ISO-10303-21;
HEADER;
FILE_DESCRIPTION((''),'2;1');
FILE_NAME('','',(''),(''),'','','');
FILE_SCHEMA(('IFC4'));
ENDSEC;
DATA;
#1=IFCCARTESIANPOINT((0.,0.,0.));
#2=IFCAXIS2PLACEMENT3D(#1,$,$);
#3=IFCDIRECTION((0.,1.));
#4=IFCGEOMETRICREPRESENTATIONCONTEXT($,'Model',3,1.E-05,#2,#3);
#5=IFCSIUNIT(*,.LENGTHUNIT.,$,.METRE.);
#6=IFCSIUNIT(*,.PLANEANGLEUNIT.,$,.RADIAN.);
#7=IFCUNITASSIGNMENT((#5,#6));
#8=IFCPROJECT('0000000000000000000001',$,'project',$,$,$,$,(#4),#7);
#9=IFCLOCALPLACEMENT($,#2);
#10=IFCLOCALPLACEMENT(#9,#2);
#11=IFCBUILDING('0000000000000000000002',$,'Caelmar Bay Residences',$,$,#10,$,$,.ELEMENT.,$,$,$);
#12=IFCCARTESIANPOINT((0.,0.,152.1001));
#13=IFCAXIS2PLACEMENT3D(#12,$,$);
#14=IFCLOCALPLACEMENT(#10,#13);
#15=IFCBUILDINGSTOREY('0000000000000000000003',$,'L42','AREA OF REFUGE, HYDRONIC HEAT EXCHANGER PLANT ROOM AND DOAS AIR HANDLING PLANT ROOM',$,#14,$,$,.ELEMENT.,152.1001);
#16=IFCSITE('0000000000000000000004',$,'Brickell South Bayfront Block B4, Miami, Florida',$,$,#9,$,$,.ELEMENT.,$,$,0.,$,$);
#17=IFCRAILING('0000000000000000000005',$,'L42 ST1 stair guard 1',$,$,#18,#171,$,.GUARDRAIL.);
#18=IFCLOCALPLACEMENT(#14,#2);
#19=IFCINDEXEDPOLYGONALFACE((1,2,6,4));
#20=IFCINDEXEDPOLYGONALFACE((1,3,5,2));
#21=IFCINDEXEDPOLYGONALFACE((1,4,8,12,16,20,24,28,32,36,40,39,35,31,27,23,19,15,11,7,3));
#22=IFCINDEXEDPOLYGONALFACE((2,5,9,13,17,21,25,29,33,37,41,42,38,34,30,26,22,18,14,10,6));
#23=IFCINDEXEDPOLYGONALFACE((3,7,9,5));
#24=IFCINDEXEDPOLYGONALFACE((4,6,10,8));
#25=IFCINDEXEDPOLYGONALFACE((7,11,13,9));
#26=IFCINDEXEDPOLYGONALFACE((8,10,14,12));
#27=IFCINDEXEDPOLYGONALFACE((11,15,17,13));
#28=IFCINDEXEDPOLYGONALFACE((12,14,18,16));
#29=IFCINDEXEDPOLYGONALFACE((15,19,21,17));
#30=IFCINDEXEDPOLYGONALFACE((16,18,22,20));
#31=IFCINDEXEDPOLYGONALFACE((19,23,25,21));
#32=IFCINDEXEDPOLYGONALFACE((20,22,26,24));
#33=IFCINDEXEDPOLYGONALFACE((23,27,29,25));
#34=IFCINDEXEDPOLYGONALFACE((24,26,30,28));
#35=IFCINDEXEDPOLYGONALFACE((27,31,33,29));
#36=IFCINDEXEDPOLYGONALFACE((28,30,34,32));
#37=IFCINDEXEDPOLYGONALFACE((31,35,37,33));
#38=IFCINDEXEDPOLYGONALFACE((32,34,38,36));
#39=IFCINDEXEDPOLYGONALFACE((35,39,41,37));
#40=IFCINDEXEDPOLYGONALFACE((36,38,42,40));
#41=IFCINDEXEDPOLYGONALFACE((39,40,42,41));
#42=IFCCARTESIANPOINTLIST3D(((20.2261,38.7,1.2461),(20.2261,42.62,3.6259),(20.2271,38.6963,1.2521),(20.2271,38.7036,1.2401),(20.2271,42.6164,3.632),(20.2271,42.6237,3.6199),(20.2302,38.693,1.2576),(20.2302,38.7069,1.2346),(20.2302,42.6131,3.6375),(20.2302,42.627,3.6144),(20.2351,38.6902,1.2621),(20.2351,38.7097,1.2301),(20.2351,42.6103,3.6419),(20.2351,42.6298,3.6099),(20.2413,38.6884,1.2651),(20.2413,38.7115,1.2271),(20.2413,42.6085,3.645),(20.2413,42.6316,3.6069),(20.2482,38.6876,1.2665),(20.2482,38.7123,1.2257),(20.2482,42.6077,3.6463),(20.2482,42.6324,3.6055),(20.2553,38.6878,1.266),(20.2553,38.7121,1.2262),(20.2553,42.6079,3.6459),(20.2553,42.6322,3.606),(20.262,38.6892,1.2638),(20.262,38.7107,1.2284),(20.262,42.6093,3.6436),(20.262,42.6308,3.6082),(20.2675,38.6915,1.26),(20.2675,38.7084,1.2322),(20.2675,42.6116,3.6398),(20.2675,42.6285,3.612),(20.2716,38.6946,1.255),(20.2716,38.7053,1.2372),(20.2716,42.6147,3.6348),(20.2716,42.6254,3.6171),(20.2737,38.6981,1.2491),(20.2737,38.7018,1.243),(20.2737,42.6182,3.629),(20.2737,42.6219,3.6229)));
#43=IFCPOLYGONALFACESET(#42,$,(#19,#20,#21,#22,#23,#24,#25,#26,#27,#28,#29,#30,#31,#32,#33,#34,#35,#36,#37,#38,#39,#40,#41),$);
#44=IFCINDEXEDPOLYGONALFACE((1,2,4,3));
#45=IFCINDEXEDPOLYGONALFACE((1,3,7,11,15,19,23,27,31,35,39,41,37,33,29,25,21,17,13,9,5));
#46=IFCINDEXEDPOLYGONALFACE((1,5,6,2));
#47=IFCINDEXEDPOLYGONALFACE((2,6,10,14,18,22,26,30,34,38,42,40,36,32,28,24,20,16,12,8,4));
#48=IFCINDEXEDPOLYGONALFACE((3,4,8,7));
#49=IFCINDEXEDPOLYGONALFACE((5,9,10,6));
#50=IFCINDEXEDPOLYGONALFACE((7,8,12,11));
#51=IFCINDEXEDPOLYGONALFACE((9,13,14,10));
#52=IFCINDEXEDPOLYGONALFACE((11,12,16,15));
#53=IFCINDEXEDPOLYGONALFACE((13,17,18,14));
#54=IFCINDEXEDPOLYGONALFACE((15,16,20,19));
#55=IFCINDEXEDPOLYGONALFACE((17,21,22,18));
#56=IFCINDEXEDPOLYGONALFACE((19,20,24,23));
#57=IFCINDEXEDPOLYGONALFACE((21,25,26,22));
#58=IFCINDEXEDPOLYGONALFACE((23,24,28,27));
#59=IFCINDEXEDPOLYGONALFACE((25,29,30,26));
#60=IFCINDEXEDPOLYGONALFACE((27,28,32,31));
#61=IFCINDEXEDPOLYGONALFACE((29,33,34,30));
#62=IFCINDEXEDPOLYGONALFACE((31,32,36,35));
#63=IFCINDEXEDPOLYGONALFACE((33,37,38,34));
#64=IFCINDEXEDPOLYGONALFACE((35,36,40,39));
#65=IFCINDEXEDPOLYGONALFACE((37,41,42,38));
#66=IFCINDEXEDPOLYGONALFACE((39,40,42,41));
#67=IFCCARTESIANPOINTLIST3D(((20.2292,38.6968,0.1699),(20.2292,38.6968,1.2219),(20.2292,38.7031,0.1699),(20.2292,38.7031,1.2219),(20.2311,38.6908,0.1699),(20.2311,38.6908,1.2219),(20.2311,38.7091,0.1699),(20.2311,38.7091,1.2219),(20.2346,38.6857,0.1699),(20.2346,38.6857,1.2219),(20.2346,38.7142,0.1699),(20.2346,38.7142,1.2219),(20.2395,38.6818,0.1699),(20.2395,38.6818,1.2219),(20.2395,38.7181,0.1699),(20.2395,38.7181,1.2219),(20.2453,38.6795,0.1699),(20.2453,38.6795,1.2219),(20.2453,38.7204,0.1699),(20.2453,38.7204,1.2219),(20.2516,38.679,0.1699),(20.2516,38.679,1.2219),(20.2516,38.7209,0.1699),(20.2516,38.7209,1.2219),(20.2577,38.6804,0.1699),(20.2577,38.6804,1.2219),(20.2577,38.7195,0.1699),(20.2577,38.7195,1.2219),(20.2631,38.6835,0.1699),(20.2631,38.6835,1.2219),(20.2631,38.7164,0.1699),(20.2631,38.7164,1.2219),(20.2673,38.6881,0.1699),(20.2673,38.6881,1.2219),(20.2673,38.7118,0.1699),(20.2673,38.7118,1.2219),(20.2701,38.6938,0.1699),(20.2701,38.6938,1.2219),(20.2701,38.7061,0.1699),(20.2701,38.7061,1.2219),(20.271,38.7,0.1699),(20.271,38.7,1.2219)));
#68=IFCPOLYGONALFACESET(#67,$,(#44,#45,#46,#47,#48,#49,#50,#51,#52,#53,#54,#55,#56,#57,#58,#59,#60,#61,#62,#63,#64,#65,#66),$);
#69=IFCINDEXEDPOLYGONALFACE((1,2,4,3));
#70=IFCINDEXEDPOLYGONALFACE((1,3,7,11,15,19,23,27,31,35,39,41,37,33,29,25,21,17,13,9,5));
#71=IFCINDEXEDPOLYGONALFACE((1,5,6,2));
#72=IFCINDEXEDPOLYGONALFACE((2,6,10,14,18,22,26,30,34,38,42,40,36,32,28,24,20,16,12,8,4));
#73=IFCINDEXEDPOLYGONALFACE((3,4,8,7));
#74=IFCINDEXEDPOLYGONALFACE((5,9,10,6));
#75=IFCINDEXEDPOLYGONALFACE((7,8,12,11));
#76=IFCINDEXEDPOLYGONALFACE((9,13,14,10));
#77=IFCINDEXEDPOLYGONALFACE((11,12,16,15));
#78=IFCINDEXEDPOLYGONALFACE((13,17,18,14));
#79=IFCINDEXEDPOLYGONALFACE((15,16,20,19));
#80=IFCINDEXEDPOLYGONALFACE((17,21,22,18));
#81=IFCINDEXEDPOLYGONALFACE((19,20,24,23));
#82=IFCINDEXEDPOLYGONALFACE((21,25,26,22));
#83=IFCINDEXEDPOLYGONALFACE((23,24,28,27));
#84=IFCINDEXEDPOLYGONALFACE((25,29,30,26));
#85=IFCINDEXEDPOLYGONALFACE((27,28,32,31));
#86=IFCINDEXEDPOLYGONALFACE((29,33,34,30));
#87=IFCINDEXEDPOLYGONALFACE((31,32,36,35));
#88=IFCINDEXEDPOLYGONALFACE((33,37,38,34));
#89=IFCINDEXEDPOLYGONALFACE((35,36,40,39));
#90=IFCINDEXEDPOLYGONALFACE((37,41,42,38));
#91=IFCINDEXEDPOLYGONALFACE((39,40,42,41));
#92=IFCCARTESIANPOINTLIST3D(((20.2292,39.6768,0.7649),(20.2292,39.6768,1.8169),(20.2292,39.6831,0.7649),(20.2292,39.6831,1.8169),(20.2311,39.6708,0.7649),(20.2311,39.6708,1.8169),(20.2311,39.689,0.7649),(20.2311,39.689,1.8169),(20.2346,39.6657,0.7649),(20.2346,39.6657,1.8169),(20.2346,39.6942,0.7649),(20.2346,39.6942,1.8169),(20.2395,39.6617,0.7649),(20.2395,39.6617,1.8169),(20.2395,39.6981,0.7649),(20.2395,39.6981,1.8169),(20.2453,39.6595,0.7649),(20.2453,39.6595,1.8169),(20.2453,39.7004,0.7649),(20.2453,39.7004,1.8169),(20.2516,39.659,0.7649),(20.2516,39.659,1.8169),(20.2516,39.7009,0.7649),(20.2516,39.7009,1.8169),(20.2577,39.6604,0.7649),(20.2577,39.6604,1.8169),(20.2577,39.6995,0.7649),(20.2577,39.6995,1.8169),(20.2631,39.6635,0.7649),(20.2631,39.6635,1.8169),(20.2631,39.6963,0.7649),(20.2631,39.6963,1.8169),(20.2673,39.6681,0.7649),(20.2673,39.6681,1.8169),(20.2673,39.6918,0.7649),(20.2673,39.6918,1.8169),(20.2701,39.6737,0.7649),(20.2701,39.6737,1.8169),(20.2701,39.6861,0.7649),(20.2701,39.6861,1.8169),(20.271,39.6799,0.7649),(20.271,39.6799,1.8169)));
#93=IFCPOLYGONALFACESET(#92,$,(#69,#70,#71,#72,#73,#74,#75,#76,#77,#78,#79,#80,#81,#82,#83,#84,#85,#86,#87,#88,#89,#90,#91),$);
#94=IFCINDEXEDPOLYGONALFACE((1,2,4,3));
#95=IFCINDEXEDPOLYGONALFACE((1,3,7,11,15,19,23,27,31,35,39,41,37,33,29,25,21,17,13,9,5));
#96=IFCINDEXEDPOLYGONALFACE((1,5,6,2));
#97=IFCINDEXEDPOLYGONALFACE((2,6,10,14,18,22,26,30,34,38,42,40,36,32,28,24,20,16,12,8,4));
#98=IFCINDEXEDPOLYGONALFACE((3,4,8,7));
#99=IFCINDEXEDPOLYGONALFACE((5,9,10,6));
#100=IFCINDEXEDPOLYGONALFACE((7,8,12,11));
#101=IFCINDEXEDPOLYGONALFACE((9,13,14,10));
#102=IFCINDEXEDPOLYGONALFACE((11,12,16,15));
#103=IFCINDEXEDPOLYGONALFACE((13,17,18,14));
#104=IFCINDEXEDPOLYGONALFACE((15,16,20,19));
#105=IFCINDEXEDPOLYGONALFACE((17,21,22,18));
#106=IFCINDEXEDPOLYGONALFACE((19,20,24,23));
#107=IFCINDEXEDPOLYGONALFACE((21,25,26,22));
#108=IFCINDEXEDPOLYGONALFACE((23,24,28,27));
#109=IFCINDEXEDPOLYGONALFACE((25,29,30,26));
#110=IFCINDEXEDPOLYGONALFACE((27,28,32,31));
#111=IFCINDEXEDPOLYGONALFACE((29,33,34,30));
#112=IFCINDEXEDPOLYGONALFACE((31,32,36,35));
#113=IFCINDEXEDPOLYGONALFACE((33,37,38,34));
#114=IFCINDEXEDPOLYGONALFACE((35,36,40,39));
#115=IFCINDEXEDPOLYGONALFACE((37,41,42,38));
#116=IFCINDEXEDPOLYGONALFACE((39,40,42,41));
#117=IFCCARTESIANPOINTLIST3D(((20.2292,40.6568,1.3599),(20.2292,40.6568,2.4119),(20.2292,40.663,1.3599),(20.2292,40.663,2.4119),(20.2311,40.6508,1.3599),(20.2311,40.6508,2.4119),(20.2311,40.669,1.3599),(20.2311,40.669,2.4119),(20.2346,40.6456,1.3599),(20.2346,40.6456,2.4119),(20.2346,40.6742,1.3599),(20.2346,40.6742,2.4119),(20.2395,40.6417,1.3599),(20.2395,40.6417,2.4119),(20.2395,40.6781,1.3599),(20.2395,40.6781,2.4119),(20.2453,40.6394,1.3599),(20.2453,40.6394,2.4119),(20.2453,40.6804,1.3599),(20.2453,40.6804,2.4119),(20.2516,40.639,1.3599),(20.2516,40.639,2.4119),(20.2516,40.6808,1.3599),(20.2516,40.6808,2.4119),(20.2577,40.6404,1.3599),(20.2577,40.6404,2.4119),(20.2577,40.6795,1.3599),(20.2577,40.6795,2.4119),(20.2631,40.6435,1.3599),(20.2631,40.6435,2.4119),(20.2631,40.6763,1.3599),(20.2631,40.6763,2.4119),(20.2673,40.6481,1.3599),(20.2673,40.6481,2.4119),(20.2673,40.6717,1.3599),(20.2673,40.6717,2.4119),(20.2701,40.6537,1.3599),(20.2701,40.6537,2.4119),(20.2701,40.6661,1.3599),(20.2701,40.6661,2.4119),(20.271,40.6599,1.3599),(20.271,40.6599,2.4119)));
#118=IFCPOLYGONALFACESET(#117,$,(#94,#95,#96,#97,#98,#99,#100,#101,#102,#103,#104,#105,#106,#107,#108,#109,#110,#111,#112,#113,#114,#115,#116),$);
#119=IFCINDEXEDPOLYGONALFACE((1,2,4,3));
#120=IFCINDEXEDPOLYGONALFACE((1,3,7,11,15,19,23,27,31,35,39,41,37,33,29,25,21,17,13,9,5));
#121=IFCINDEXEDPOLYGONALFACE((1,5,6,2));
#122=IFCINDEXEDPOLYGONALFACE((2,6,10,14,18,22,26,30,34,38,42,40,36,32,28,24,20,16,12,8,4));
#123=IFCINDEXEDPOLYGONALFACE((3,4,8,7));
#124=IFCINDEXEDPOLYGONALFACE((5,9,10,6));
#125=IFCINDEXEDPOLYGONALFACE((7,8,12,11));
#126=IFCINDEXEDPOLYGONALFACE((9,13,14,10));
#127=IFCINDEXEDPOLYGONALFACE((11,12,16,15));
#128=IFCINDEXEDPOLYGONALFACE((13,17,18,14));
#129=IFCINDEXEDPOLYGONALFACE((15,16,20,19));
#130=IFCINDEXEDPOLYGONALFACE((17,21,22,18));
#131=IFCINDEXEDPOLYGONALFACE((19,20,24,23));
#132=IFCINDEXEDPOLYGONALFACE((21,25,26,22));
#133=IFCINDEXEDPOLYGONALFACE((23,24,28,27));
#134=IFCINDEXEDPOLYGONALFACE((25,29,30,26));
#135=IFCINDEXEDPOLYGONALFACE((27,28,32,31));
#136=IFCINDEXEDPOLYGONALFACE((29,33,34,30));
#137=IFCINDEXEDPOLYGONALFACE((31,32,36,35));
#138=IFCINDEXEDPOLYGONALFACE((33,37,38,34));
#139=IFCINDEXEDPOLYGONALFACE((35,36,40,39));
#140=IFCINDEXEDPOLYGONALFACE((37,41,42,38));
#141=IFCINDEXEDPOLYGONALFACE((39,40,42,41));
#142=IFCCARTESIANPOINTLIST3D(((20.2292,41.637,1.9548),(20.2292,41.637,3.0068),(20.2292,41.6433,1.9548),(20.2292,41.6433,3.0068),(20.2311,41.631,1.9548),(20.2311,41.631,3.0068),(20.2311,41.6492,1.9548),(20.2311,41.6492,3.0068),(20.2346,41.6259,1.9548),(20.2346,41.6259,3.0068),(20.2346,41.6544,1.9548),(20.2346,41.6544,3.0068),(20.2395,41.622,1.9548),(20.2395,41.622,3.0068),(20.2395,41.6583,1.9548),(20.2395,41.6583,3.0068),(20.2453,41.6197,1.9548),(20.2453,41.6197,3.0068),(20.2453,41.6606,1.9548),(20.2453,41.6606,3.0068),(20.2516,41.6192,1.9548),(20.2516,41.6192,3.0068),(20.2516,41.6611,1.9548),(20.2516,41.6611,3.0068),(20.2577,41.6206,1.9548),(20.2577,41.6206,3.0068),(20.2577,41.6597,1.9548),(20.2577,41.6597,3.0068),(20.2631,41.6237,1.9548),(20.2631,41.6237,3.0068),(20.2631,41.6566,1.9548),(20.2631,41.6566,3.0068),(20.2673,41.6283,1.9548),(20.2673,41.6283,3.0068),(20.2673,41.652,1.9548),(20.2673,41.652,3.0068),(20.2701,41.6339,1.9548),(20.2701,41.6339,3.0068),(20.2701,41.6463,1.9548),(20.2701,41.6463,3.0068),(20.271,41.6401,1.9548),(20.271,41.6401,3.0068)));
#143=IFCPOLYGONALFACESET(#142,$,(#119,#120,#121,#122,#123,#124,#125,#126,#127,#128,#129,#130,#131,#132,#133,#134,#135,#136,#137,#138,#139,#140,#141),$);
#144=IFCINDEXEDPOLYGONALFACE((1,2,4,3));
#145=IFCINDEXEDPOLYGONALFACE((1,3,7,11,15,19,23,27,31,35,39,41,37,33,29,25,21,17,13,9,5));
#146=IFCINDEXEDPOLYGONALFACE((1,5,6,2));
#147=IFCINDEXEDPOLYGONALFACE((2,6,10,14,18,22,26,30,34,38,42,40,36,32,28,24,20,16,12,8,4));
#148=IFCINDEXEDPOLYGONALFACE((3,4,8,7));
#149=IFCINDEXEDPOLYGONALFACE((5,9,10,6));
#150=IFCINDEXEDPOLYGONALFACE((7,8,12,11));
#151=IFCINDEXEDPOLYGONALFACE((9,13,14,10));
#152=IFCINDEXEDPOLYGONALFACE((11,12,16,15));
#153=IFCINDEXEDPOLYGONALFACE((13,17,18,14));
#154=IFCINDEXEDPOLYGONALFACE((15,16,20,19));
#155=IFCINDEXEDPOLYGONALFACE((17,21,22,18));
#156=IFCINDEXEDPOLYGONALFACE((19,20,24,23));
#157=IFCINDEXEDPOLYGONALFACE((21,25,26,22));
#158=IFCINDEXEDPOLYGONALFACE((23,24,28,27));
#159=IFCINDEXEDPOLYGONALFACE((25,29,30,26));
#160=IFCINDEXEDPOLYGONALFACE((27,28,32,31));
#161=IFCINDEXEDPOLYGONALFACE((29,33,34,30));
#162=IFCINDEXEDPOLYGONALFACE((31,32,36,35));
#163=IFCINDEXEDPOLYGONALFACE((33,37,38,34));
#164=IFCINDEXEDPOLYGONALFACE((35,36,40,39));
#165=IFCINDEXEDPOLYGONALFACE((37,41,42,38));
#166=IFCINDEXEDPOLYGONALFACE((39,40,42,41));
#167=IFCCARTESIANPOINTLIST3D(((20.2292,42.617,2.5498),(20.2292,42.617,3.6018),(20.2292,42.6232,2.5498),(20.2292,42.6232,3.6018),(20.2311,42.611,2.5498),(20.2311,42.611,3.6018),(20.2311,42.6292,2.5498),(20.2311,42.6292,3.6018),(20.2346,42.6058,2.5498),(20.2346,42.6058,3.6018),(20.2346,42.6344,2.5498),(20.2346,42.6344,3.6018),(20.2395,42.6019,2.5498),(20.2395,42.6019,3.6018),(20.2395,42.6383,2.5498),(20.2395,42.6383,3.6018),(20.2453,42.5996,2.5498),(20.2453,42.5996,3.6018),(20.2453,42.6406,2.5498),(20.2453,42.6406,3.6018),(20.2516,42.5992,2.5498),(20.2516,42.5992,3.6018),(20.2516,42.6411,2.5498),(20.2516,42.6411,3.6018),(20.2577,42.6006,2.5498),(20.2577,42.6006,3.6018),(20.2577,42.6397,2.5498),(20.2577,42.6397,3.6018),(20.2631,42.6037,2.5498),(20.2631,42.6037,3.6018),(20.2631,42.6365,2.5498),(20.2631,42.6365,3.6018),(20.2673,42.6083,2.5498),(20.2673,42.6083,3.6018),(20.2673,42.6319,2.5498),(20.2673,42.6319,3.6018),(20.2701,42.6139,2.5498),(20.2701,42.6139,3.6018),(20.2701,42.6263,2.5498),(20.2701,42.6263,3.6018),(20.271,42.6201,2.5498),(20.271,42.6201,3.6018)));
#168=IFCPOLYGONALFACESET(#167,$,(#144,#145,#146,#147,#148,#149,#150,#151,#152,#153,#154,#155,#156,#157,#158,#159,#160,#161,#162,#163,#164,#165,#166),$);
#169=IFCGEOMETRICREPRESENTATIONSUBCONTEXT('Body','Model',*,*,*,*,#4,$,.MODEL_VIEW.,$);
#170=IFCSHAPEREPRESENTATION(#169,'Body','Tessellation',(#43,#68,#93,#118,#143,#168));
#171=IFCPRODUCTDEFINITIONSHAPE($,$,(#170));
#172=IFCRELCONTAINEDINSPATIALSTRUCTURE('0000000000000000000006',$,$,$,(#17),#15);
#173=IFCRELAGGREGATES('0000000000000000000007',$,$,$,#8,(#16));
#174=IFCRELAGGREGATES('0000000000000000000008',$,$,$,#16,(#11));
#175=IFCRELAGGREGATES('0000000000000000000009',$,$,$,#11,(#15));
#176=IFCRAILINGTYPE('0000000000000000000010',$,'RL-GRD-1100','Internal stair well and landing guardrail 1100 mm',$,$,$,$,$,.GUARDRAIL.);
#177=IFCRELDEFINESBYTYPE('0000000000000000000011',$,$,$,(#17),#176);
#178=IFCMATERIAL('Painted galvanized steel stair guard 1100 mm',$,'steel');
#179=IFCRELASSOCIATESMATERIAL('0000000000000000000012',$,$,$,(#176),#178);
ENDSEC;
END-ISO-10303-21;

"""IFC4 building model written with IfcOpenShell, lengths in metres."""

from ifc_helpers import new_model, si_unit, direction, frame, origin, origin_2d, place, context, subcontext, project, spatial, circle, extrude, material, type_object, element, save


model = new_model("IFC4")

# Units and contexts
model_context = context("Model", 3, precision=1e-05, world=origin(), true_north=direction((0.0, 1.0)))
body_context = subcontext(model_context, "Body", "Model", "MODEL_VIEW")
ifc_project = project(units=[si_unit("LENGTHUNIT", "METRE"), si_unit("PLANEANGLEUNIT", "RADIAN")], contexts=[model_context])

# Site, building, storey
site_placement = place(None, origin())
site = spatial("IfcSite", under=ifc_project, at=site_placement, Name="Brickell South Bayfront Block B4, Miami, Florida", CompositionType="ELEMENT", RefElevation=0.0)
building_placement = place(site_placement, origin())
building = spatial("IfcBuilding", under=site, at=building_placement, Name="Caelmar Bay Residences", CompositionType="ELEMENT")
storey_placement = place(building_placement, frame((0.0, 0.0, 152.1001)))
storey = spatial("IfcBuildingStorey", under=building, at=storey_placement, Name="L42", Description="AREA OF REFUGE, HYDRONIC HEAT EXCHANGER PLANT ROOM AND DOAS AIR HANDLING PLANT ROOM", CompositionType="ELEMENT", Elevation=152.1001)

# Railing
ifc_material_1 = material(Name="Painted galvanized steel stair guard 1100 mm", Category="steel")
railing_type_1 = type_object("IfcRailingType", Name="RL-GRD-1100", Description="Internal stair well and landing guardrail 1100 mm", PredefinedType="GUARDRAIL", material=ifc_material_1)
railing_1_placement = place(storey_placement, frame((20.25, 38.7, 0.1699)))
element("IfcRailing", 1, at=railing_1_placement, inside=storey, type_object=railing_type_1, Name="L42 ST1 stair guard 1", PredefinedType="GUARDRAIL", context=body_context, shape_type="SweptSolid", body=[
    extrude(circle(Radius=0.0239, at=origin_2d()), frame((0.0, 0.0, 1.0762), z_axis=(0.0, 0.854809, 0.518943), x_axis=(-1.0, 0.0, 0.0)), (0.0, 0.0, 1.0), 4.5859),
    extrude(circle(Radius=0.021, at=origin_2d()), origin(), (0.0, 0.0, 1.0), 1.052),
    extrude(circle(Radius=0.021, at=origin_2d()), frame((0.0, 0.98, 0.595)), (0.0, 0.0, 1.0), 1.052),
    extrude(circle(Radius=0.021, at=origin_2d()), frame((0.0, 1.96, 1.1899)), (0.0, 0.0, 1.0), 1.052),
    extrude(circle(Radius=0.021, at=origin_2d()), frame((0.0, 2.9402, 1.7849)), (0.0, 0.0, 1.0), 1.052),
    extrude(circle(Radius=0.021, at=origin_2d()), frame((0.0, 3.9202, 2.3799)), (0.0, 0.0, 1.0), 1.052),
])

save(model, "model.ifc")
